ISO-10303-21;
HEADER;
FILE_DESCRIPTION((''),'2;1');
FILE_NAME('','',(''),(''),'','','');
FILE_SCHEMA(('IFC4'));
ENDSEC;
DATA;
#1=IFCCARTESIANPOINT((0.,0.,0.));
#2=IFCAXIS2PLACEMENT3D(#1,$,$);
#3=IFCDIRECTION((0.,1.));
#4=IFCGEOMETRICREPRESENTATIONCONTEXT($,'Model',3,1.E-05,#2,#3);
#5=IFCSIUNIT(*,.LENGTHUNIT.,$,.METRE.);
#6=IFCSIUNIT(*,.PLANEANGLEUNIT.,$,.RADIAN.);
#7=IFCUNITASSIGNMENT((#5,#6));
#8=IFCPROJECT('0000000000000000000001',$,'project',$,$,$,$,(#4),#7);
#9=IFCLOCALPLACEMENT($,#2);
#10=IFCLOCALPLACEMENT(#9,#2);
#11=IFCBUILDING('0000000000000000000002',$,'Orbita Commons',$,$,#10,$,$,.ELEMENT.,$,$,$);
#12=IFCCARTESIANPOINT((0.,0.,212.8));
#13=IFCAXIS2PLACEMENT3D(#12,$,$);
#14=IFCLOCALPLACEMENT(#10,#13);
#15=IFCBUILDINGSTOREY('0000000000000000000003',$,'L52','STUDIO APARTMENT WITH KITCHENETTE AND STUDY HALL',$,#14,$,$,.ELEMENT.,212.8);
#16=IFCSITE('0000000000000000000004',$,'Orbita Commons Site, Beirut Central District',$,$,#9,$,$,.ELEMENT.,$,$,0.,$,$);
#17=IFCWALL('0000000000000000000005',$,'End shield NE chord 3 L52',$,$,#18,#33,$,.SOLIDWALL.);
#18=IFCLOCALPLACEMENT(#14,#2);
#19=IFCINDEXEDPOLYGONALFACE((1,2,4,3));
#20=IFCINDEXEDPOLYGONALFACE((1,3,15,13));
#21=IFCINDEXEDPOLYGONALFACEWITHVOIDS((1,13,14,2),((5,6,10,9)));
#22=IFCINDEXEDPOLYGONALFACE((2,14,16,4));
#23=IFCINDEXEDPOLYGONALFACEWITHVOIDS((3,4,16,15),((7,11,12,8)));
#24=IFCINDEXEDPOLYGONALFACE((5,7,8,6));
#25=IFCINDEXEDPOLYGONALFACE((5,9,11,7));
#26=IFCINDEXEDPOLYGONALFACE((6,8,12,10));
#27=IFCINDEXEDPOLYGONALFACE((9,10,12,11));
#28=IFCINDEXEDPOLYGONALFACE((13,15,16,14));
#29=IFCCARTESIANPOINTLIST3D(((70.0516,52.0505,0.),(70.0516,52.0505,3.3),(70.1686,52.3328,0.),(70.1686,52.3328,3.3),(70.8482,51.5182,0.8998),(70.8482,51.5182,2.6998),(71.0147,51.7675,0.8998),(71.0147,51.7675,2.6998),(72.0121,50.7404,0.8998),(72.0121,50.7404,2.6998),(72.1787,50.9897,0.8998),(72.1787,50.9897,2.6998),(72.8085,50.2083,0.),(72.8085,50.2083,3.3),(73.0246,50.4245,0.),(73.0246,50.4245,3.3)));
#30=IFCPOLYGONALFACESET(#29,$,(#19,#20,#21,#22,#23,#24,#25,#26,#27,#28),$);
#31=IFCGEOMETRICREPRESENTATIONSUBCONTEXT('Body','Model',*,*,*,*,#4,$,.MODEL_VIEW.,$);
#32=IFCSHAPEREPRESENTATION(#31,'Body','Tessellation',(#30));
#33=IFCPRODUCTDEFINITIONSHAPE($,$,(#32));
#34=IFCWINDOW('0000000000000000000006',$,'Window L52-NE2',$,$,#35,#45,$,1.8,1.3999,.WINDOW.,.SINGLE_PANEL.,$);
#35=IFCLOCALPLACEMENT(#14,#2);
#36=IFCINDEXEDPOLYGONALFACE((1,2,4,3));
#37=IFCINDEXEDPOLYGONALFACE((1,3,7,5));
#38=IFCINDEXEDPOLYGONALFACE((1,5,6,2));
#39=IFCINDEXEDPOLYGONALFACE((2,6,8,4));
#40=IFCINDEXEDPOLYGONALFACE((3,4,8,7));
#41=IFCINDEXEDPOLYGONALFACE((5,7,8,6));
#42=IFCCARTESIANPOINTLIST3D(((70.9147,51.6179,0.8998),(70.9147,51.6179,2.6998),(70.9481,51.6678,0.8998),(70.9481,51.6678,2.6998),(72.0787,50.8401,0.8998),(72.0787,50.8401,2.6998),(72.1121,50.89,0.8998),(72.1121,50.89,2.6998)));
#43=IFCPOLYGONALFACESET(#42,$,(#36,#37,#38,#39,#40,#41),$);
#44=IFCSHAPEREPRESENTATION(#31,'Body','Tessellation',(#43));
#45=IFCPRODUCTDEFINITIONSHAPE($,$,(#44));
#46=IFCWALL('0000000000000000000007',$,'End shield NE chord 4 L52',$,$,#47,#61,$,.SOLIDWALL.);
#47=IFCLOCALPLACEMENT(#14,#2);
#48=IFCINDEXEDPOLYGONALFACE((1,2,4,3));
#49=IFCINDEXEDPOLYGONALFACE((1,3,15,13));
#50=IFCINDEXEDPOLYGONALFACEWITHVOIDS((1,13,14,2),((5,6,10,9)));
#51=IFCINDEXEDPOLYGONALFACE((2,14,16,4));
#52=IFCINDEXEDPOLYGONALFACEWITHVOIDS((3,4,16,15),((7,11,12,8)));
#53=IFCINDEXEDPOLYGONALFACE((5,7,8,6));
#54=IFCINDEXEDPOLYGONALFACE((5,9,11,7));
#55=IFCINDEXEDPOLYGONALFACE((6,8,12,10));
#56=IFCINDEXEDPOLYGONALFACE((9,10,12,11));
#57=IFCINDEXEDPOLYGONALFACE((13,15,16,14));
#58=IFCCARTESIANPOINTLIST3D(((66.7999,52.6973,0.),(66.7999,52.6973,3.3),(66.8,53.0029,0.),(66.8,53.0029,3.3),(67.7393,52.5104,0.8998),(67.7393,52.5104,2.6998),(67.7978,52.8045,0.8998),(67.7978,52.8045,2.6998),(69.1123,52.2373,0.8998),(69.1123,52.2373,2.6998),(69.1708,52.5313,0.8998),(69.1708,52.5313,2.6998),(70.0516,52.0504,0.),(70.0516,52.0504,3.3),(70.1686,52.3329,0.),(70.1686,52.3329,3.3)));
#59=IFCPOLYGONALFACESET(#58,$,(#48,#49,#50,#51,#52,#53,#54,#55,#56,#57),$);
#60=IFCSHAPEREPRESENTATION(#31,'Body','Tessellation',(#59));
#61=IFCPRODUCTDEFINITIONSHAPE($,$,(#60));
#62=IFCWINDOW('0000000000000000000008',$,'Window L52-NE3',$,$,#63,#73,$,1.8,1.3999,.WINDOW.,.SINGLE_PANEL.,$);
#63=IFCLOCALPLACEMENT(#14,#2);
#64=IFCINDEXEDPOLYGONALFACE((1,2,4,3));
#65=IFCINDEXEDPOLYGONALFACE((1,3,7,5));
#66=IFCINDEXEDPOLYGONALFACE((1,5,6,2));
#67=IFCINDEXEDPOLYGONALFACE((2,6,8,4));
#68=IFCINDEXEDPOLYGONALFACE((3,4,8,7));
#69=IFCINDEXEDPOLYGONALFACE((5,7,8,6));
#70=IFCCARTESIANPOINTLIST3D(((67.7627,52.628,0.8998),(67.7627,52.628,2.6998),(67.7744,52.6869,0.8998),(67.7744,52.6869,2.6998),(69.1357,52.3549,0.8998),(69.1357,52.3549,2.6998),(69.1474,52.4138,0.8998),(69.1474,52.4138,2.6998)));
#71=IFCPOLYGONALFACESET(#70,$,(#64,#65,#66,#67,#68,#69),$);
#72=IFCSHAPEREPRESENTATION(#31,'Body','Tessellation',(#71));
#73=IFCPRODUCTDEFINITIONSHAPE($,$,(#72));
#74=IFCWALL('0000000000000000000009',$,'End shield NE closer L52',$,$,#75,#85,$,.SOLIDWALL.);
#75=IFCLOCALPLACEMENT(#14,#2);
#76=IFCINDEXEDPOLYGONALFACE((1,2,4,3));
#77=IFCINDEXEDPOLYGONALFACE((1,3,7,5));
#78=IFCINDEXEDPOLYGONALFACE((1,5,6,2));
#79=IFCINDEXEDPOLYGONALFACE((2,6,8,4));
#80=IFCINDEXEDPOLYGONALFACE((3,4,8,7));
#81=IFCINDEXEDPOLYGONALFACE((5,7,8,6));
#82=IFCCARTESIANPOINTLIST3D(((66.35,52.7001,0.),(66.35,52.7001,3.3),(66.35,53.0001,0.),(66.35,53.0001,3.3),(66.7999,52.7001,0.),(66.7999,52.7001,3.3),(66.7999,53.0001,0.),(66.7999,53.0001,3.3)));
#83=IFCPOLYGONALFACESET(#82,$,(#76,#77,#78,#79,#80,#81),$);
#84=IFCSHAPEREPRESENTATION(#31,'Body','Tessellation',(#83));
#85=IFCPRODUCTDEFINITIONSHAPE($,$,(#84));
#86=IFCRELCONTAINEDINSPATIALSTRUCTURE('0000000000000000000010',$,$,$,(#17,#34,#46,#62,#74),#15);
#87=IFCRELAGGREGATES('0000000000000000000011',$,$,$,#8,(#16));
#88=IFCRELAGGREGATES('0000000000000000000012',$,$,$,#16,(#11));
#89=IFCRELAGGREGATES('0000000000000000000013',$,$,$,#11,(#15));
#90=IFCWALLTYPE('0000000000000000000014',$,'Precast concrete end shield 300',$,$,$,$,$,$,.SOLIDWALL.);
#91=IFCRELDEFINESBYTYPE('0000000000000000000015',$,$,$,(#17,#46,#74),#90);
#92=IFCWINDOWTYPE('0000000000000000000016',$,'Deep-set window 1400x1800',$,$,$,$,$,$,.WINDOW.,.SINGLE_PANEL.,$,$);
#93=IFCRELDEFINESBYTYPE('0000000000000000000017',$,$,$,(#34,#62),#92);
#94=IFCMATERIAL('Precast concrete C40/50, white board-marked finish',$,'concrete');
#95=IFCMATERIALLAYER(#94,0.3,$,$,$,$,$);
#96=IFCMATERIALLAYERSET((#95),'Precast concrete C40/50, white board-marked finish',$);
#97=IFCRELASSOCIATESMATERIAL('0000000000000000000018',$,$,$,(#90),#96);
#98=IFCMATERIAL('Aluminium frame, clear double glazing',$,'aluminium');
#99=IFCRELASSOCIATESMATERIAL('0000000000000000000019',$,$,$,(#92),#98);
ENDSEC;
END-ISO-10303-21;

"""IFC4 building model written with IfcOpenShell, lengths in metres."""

from ifc_helpers import new_model, si_unit, direction, frame, frame_2d, origin, place, context, subcontext, project, spatial, polyline, rectangle, outline, extrude, material, layer, layer_set, type_object, element, fill, save


model = new_model("IFC4")

# Units and contexts
model_context = context("Model", 3, precision=1e-05, world=origin(), true_north=direction((0.0, 1.0)))
body_context = subcontext(model_context, "Body", "Model", "MODEL_VIEW")
ifc_project = project(units=[si_unit("LENGTHUNIT", "METRE"), si_unit("PLANEANGLEUNIT", "RADIAN")], contexts=[model_context])

# Site, building, storey
site_placement = place(None, origin())
site = spatial("IfcSite", under=ifc_project, at=site_placement, Name="Orbita Commons Site, Beirut Central District", CompositionType="ELEMENT", RefElevation=0.0)
building_placement = place(site_placement, origin())
building = spatial("IfcBuilding", under=site, at=building_placement, Name="Orbita Commons", CompositionType="ELEMENT")
storey_placement = place(building_placement, frame((0.0, 0.0, 212.8)))
storey = spatial("IfcBuildingStorey", under=building, at=storey_placement, Name="L52", Description="STUDIO APARTMENT WITH KITCHENETTE AND STUDY HALL", CompositionType="ELEMENT", Elevation=212.8)

# Walls, openings, windows
ifc_material_1 = material(Name="Precast concrete C40/50, white board-marked finish", Category="concrete")
ifc_layer_1 = layer(ifc_material_1, 0.3)
ifc_layer_set_1 = layer_set([ifc_layer_1], Name="Precast concrete C40/50, white board-marked finish")
wall_type_1 = type_object("IfcWallType", Name="Precast concrete end shield 300", PredefinedType="SOLIDWALL", material=ifc_layer_set_1)
wall_1_placement = place(storey_placement, frame((72.9165, 50.3164, 0.0), z_axis=(0.0, 0.0, 1.0), x_axis=(-0.83146, 0.555585, 0.0)))
wall_1 = element("IfcWall", 1, at=wall_1_placement, inside=storey, type_object=wall_type_1, Name="End shield NE chord 3 L52", PredefinedType="SOLIDWALL", context=body_context, shape_type="SweptSolid", body=[
    extrude(outline(polyline([(-0.0298, -0.1499), (3.405, -0.1499), (3.3455, 0.1499), (0.0298, 0.1499), (-0.0298, -0.1499)])), origin(), (0.0, 0.0, 1.0), 3.3),
])
opening_1_placement = place(wall_1_placement, frame((0.9875, 0.0, 0.8999)))
opening_1 = element("IfcOpeningElement", 2, at=opening_1_placement, cuts=wall_1, PredefinedType="OPENING", context=body_context, shape_type="SweptSolid", body=[
    extrude(rectangle(XDim=1.3999, YDim=1.8, at=frame_2d((0.7, 0.8999))), frame((0.0, 0.1599, 0.0), z_axis=(0.0, -1.0, 0.0), x_axis=(1.0, 0.0, 0.0)), (0.0, 0.0, 1.0), 0.3201),
])
ifc_material_2 = material(Name="Aluminium frame, clear double glazing", Category="aluminium")
window_type = type_object("IfcWindowType", Name="Deep-set window 1400x1800", PartitioningType="SINGLE_PANEL", PredefinedType="WINDOW", material=ifc_material_2)
window_1_placement = place(opening_1_placement, origin())
window_1 = element("IfcWindow", 3, at=window_1_placement, inside=storey, type_object=window_type, Name="Window L52-NE2", OverallHeight=1.8, OverallWidth=1.3999, PartitioningType="SINGLE_PANEL", PredefinedType="WINDOW", context=body_context, shape_type="SweptSolid", body=[
    extrude(rectangle(XDim=1.3999, YDim=1.8, at=frame_2d((0.7, 0.8999))), frame((0.0, 0.03, 0.0), z_axis=(0.0, -1.0, 0.0), x_axis=(1.0, 0.0, 0.0)), (0.0, 0.0, 1.0), 0.0601),
])
fill(opening_1, window_1)
wall_2_placement = place(storey_placement, frame((70.1101, 52.1917, 0.0), z_axis=(0.0, 0.0, 1.0), x_axis=(-0.980783, 0.1951, 0.0)))
wall_2 = element("IfcWall", 4, at=wall_2_placement, inside=storey, type_object=wall_type_1, Name="End shield NE chord 4 L52", PredefinedType="SOLIDWALL", context=body_context, shape_type="SweptSolid", body=[
    extrude(outline(polyline([(-0.0298, -0.1499), (3.4048, -0.1499), (3.3452, 0.1499), (0.0298, 0.1499), (-0.0298, -0.1499)])), origin(), (0.0, 0.0, 1.0), 3.3),
])
opening_2_placement = place(wall_2_placement, frame((0.9875, 0.0, 0.8999)))
opening_2 = element("IfcOpeningElement", 5, at=opening_2_placement, cuts=wall_2, PredefinedType="OPENING", context=body_context, shape_type="SweptSolid", body=[
    extrude(rectangle(XDim=1.3999, YDim=1.8, at=frame_2d((0.7, 0.8999))), frame((0.0, 0.1599, 0.0), z_axis=(0.0, -1.0, 0.0), x_axis=(1.0, 0.0, 0.0)), (0.0, 0.0, 1.0), 0.3201),
])
window_2_placement = place(opening_2_placement, origin())
window_2 = element("IfcWindow", 6, at=window_2_placement, inside=storey, type_object=window_type, Name="Window L52-NE3", OverallHeight=1.8, OverallWidth=1.3999, PartitioningType="SINGLE_PANEL", PredefinedType="WINDOW", context=body_context, shape_type="SweptSolid", body=[
    extrude(rectangle(XDim=1.3999, YDim=1.8, at=frame_2d((0.7, 0.8999))), frame((0.0, 0.03, 0.0), z_axis=(0.0, -1.0, 0.0), x_axis=(1.0, 0.0, 0.0)), (0.0, 0.0, 1.0), 0.0601),
])
fill(opening_2, window_2)

# Wall
wall_3_placement = place(storey_placement, frame((66.8, 52.8501, 0.0), z_axis=(0.0, 0.0, 1.0), x_axis=(-1.0, 0.0, 0.0)))
element("IfcWall", 7, at=wall_3_placement, inside=storey, type_object=wall_type_1, Name="End shield NE closer L52", PredefinedType="SOLIDWALL", context=body_context, shape_type="SweptSolid", body=[
    extrude(rectangle(XDim=0.45, YDim=0.3, at=frame_2d((0.2251, 0.0))), origin(), (0.0, 0.0, 1.0), 3.3),
])

save(model, "model.ifc")
